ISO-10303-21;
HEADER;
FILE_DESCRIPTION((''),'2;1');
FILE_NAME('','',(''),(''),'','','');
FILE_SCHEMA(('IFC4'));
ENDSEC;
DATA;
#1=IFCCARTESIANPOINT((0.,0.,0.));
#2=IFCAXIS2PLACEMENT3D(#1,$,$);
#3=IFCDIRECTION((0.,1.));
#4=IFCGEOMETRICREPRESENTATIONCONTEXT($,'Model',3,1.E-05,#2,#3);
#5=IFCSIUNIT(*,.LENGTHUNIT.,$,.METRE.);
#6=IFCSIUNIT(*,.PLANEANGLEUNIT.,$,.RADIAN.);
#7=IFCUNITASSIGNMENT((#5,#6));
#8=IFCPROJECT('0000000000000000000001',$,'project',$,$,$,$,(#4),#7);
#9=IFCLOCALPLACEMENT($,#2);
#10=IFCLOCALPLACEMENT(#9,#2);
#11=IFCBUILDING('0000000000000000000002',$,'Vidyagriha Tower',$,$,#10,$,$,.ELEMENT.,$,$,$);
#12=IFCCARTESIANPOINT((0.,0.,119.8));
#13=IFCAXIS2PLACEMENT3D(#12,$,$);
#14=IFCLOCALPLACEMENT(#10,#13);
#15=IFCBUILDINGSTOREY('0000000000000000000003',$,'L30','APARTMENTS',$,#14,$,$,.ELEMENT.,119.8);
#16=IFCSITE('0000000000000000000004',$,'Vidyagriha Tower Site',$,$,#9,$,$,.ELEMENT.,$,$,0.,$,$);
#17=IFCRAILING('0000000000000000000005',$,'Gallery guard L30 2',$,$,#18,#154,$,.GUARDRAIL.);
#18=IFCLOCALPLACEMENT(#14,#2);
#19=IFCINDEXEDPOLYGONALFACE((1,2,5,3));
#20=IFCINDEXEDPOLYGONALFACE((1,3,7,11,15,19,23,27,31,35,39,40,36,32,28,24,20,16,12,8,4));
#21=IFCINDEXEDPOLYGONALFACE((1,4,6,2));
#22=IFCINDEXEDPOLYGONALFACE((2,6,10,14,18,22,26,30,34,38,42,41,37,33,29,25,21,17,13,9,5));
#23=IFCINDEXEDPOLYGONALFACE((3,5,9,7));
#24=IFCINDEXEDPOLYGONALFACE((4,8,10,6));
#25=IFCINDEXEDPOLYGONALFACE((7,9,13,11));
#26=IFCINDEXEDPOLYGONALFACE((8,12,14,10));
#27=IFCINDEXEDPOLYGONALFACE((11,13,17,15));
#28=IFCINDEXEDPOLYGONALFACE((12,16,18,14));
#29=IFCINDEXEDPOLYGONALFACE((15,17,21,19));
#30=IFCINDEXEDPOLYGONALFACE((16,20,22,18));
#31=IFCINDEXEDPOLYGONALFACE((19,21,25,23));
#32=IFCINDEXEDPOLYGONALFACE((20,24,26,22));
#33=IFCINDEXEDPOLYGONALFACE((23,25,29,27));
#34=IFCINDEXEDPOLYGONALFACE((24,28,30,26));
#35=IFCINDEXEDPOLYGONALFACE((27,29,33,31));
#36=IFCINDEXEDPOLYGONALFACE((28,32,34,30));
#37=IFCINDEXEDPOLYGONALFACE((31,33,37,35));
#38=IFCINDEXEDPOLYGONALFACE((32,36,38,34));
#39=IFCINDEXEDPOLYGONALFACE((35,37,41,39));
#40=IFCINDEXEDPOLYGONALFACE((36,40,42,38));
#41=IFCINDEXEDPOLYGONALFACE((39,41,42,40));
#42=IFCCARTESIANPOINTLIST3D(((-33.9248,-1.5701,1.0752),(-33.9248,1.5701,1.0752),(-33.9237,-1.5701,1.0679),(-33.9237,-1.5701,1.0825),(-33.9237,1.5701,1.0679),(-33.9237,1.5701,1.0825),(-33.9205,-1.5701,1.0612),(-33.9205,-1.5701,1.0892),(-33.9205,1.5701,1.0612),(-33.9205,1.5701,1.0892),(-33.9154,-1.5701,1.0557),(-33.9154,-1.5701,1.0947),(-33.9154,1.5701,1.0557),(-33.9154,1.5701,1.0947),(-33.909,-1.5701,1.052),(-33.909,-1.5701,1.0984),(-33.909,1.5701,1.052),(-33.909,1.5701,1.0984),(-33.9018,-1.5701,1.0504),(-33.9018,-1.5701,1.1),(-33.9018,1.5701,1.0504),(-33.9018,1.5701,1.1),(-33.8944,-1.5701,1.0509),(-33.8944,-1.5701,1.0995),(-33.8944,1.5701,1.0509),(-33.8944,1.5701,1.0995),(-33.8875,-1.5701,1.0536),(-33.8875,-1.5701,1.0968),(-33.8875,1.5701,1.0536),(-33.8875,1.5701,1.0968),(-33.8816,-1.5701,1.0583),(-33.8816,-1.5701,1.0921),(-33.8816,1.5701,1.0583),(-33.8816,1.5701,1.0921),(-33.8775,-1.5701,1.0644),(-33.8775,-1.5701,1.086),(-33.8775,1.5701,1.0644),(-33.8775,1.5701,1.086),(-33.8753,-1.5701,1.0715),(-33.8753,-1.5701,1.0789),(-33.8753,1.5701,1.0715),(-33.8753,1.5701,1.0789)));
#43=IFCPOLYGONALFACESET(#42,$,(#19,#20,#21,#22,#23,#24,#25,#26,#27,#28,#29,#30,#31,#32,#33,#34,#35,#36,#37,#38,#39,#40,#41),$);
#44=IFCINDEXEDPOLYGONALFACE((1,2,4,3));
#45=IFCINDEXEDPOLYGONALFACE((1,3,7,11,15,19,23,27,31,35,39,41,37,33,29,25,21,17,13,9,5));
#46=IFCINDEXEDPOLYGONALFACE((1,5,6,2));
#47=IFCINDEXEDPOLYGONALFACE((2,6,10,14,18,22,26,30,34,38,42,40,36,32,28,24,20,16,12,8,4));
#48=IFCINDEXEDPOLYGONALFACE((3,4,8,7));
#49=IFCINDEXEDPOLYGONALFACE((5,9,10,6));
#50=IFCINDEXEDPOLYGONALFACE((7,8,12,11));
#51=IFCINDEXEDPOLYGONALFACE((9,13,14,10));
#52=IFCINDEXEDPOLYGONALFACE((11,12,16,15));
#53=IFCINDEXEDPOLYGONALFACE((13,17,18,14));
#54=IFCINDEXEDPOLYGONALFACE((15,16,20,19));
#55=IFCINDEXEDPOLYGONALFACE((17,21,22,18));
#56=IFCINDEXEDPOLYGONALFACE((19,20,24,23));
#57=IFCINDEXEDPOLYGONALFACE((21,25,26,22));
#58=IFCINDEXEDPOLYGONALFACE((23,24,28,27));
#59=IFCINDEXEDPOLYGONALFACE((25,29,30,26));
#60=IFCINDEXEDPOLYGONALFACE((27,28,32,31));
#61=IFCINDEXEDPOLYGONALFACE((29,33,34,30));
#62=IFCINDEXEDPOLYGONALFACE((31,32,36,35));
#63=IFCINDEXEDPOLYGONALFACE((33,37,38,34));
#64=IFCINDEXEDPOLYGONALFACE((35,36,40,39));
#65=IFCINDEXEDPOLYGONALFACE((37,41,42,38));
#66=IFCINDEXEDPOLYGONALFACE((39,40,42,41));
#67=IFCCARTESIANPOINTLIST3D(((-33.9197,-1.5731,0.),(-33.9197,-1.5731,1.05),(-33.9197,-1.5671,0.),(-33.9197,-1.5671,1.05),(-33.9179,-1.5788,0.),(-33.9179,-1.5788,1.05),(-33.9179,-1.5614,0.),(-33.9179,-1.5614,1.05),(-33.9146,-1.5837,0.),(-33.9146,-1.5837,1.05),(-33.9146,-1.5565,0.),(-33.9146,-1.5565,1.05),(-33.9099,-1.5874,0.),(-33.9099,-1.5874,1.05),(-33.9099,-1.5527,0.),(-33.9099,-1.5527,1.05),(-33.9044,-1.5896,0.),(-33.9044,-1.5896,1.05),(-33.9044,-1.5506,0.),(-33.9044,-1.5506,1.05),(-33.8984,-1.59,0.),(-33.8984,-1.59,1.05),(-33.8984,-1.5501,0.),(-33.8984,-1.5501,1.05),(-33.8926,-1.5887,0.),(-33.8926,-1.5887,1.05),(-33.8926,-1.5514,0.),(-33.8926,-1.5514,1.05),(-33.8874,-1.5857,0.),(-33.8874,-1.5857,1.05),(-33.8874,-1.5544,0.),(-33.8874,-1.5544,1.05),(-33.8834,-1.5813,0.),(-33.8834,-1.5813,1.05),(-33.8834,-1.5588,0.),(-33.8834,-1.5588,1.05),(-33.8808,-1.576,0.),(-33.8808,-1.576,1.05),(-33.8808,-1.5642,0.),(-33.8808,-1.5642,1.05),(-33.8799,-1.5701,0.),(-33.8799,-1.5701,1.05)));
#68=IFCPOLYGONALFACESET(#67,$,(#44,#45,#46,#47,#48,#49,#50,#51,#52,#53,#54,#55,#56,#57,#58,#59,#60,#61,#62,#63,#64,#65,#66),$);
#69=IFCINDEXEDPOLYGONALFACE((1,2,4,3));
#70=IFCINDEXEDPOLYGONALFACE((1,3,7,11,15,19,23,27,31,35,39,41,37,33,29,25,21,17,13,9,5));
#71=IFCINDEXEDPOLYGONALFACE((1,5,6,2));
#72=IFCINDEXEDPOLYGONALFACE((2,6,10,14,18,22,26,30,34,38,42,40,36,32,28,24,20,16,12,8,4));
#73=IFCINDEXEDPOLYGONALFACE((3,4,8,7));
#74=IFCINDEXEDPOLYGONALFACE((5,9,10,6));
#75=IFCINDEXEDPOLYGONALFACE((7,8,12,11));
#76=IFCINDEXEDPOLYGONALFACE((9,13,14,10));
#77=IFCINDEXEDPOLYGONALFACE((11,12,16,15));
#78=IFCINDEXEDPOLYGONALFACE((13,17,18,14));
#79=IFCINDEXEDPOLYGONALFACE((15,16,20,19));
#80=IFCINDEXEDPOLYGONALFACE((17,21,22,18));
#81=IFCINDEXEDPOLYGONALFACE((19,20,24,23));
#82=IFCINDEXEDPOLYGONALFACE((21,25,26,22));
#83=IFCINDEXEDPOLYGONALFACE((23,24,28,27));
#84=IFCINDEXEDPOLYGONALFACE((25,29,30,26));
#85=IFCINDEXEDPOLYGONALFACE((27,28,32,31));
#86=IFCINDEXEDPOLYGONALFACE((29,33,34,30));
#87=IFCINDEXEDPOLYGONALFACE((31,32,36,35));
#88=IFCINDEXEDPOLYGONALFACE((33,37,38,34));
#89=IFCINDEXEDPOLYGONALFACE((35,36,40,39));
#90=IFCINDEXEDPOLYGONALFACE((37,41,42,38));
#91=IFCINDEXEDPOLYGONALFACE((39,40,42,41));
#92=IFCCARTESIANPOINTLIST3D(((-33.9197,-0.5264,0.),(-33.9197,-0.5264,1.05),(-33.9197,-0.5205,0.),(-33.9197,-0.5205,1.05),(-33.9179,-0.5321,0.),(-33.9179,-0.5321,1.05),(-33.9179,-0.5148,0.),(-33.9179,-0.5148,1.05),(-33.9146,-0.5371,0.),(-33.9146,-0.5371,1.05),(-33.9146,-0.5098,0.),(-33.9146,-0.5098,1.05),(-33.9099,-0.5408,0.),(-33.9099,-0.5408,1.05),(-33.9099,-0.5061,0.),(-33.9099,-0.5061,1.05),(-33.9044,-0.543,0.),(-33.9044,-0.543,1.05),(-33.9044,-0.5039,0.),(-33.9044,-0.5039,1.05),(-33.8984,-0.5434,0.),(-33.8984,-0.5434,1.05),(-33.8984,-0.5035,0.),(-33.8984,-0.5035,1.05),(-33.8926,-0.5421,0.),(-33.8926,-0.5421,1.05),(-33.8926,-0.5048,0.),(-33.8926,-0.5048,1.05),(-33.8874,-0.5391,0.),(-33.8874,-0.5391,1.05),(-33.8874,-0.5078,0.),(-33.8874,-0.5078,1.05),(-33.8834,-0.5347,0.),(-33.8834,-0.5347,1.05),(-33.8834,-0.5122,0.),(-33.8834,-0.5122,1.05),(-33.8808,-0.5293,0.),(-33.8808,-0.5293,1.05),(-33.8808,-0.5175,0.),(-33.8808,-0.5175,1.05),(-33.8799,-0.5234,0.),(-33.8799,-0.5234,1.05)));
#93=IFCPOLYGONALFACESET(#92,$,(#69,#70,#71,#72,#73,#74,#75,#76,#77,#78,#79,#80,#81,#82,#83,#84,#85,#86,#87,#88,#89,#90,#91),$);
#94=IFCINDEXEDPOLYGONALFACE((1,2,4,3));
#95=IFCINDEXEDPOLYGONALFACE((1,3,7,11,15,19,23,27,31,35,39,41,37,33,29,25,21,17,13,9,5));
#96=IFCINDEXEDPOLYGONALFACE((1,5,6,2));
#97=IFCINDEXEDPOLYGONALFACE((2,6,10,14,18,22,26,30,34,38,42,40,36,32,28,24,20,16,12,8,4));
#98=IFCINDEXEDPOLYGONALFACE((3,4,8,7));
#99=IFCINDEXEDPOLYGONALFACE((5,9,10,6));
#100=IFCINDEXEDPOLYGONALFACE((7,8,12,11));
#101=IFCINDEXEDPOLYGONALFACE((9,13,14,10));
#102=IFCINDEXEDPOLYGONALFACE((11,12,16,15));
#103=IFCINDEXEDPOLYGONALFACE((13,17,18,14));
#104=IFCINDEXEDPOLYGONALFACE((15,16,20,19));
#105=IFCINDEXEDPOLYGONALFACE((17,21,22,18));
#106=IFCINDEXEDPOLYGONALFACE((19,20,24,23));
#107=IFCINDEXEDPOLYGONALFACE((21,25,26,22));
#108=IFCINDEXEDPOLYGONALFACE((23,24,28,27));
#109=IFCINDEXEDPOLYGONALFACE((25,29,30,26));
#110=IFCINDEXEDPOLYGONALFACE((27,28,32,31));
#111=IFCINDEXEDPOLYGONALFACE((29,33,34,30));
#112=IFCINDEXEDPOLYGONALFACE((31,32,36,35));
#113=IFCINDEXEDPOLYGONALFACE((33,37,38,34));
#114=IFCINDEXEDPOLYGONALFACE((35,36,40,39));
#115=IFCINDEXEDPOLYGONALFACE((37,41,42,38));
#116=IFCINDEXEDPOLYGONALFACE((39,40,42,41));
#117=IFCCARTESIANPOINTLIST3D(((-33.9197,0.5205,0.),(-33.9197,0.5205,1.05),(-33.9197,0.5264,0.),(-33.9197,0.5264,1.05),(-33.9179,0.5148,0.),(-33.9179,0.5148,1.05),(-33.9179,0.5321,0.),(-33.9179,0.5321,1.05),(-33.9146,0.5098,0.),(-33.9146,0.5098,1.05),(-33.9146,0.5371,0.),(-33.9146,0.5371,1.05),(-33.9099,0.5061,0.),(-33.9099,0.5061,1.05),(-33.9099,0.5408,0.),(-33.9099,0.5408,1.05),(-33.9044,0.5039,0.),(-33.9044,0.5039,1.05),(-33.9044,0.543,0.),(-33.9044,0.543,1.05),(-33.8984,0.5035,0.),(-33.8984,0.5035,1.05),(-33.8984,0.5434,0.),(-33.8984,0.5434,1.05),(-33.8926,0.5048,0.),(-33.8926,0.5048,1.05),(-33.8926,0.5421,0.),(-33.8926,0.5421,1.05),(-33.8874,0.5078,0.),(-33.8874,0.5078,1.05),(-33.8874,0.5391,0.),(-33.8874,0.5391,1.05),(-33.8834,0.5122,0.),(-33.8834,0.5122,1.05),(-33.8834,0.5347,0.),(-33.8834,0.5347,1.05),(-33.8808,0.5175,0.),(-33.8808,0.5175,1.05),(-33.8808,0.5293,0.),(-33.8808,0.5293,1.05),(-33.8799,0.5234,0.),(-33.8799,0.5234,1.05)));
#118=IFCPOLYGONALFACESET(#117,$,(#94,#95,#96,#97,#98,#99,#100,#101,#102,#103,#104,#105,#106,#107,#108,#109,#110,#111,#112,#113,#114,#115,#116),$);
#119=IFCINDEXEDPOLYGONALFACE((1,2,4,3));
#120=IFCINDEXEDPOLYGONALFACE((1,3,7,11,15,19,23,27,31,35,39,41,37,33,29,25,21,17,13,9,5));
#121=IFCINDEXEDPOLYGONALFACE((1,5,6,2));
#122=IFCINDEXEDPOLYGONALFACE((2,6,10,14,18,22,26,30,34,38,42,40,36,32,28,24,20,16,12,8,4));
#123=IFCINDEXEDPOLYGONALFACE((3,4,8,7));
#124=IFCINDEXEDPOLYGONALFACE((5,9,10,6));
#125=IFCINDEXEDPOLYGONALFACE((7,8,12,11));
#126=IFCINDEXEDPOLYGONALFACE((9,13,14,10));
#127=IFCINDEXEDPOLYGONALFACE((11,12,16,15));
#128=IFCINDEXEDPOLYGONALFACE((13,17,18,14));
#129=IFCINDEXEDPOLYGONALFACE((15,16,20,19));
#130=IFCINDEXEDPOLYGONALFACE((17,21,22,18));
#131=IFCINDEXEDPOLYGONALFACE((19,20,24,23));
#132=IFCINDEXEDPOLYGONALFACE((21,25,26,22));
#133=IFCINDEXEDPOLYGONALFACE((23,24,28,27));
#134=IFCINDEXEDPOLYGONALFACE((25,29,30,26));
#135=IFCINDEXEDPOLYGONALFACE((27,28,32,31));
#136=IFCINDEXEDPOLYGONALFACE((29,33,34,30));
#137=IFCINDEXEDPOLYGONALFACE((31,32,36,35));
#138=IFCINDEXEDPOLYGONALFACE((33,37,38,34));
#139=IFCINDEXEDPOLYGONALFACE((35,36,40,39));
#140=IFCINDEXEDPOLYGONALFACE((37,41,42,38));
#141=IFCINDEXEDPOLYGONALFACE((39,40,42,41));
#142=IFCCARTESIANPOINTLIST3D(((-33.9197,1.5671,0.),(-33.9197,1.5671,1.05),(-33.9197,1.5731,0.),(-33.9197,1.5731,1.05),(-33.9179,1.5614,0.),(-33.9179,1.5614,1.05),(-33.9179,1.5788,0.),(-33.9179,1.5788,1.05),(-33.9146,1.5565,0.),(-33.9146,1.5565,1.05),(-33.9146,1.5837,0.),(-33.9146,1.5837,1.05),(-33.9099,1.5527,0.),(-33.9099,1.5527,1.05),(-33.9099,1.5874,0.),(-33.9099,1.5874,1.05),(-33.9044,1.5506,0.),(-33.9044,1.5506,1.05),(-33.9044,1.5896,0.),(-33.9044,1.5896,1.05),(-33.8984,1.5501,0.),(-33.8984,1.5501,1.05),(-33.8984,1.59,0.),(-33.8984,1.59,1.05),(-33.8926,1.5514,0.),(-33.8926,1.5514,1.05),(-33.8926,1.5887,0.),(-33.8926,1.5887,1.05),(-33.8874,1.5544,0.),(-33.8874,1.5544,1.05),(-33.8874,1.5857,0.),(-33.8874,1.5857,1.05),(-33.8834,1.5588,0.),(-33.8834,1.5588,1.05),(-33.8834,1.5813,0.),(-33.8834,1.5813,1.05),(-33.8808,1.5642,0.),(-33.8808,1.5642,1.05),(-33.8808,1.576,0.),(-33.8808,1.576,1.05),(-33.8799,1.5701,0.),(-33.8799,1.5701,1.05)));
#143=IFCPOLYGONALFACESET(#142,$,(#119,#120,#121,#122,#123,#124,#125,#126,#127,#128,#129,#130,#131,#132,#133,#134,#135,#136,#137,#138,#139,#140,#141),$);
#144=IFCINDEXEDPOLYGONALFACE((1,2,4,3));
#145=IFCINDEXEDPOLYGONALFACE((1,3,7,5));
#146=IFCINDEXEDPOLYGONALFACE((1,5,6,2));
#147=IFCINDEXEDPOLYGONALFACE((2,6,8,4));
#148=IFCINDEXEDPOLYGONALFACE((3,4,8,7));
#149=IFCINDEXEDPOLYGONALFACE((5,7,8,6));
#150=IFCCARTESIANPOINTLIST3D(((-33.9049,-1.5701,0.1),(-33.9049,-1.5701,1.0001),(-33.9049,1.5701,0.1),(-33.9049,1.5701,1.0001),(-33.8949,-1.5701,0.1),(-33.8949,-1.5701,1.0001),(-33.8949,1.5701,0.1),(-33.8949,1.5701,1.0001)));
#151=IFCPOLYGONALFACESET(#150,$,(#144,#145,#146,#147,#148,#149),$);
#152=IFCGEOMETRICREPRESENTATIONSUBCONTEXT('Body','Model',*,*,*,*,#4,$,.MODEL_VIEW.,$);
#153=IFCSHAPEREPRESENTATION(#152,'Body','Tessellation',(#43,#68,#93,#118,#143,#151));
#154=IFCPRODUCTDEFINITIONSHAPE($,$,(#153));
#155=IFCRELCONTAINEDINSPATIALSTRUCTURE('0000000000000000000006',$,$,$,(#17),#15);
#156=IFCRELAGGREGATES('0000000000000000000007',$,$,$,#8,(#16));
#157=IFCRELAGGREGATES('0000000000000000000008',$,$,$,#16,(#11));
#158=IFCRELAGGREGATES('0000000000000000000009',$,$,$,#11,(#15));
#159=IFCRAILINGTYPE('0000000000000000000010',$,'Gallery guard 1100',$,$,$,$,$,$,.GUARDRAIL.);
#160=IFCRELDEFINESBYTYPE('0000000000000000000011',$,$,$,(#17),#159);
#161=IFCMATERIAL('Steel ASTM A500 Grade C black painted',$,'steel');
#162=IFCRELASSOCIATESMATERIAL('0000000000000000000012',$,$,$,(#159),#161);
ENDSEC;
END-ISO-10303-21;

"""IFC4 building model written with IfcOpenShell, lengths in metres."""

from ifc_helpers import new_model, si_unit, direction, frame, origin, origin_2d, place, context, subcontext, project, spatial, rectangle, circle, extrude, material, type_object, element, save


model = new_model("IFC4")

# Units and contexts
model_context = context("Model", 3, precision=1e-05, world=origin(), true_north=direction((0.0, 1.0)))
body_context = subcontext(model_context, "Body", "Model", "MODEL_VIEW")
ifc_project = project(units=[si_unit("LENGTHUNIT", "METRE"), si_unit("PLANEANGLEUNIT", "RADIAN")], contexts=[model_context])

# Site, building, storey
site_placement = place(None, origin())
site = spatial("IfcSite", under=ifc_project, at=site_placement, Name="Vidyagriha Tower Site", CompositionType="ELEMENT", RefElevation=0.0)
building_placement = place(site_placement, origin())
building = spatial("IfcBuilding", under=site, at=building_placement, Name="Vidyagriha Tower", CompositionType="ELEMENT")
storey_placement = place(building_placement, frame((0.0, 0.0, 119.8)))
storey = spatial("IfcBuildingStorey", under=building, at=storey_placement, Name="L30", Description="APARTMENTS", CompositionType="ELEMENT", Elevation=119.8)

# Railing
ifc_material_1 = material(Name="Steel ASTM A500 Grade C black painted", Category="steel")
railing_type_1 = type_object("IfcRailingType", Name="Gallery guard 1100", PredefinedType="GUARDRAIL", material=ifc_material_1)
railing_1_placement = place(storey_placement, frame((-33.8999, -1.5701, 0.0)))
element("IfcRailing", 1, at=railing_1_placement, inside=storey, type_object=railing_type_1, Name="Gallery guard L30 2", PredefinedType="GUARDRAIL", context=body_context, shape_type="SweptSolid", body=[
    extrude(circle(Radius=0.0249, at=origin_2d()), frame((0.0, 0.0, 1.0752), z_axis=(0.0, 1.0, 0.0), x_axis=(-1.0, 0.0, 0.0)), (0.0, 0.0, 1.0), 3.1401),
    extrude(circle(Radius=0.02, at=origin_2d()), origin(), (0.0, 0.0, 1.0), 1.05),
    extrude(circle(Radius=0.02, at=origin_2d()), frame((0.0, 1.0466, 0.0)), (0.0, 0.0, 1.0), 1.05),
    extrude(circle(Radius=0.02, at=origin_2d()), frame((0.0, 2.0935, 0.0)), (0.0, 0.0, 1.0), 1.05),
    extrude(circle(Radius=0.02, at=origin_2d()), frame((0.0, 3.1401, 0.0)), (0.0, 0.0, 1.0), 1.05),
    extrude(rectangle(XDim=0.01, YDim=0.9001, at=origin_2d()), frame((0.0, 0.0, 0.55), z_axis=(0.0, 1.0, 0.0), x_axis=(-1.0, 0.0, 0.0)), (0.0, 0.0, 1.0), 3.1401),
])

save(model, "model.ifc")
